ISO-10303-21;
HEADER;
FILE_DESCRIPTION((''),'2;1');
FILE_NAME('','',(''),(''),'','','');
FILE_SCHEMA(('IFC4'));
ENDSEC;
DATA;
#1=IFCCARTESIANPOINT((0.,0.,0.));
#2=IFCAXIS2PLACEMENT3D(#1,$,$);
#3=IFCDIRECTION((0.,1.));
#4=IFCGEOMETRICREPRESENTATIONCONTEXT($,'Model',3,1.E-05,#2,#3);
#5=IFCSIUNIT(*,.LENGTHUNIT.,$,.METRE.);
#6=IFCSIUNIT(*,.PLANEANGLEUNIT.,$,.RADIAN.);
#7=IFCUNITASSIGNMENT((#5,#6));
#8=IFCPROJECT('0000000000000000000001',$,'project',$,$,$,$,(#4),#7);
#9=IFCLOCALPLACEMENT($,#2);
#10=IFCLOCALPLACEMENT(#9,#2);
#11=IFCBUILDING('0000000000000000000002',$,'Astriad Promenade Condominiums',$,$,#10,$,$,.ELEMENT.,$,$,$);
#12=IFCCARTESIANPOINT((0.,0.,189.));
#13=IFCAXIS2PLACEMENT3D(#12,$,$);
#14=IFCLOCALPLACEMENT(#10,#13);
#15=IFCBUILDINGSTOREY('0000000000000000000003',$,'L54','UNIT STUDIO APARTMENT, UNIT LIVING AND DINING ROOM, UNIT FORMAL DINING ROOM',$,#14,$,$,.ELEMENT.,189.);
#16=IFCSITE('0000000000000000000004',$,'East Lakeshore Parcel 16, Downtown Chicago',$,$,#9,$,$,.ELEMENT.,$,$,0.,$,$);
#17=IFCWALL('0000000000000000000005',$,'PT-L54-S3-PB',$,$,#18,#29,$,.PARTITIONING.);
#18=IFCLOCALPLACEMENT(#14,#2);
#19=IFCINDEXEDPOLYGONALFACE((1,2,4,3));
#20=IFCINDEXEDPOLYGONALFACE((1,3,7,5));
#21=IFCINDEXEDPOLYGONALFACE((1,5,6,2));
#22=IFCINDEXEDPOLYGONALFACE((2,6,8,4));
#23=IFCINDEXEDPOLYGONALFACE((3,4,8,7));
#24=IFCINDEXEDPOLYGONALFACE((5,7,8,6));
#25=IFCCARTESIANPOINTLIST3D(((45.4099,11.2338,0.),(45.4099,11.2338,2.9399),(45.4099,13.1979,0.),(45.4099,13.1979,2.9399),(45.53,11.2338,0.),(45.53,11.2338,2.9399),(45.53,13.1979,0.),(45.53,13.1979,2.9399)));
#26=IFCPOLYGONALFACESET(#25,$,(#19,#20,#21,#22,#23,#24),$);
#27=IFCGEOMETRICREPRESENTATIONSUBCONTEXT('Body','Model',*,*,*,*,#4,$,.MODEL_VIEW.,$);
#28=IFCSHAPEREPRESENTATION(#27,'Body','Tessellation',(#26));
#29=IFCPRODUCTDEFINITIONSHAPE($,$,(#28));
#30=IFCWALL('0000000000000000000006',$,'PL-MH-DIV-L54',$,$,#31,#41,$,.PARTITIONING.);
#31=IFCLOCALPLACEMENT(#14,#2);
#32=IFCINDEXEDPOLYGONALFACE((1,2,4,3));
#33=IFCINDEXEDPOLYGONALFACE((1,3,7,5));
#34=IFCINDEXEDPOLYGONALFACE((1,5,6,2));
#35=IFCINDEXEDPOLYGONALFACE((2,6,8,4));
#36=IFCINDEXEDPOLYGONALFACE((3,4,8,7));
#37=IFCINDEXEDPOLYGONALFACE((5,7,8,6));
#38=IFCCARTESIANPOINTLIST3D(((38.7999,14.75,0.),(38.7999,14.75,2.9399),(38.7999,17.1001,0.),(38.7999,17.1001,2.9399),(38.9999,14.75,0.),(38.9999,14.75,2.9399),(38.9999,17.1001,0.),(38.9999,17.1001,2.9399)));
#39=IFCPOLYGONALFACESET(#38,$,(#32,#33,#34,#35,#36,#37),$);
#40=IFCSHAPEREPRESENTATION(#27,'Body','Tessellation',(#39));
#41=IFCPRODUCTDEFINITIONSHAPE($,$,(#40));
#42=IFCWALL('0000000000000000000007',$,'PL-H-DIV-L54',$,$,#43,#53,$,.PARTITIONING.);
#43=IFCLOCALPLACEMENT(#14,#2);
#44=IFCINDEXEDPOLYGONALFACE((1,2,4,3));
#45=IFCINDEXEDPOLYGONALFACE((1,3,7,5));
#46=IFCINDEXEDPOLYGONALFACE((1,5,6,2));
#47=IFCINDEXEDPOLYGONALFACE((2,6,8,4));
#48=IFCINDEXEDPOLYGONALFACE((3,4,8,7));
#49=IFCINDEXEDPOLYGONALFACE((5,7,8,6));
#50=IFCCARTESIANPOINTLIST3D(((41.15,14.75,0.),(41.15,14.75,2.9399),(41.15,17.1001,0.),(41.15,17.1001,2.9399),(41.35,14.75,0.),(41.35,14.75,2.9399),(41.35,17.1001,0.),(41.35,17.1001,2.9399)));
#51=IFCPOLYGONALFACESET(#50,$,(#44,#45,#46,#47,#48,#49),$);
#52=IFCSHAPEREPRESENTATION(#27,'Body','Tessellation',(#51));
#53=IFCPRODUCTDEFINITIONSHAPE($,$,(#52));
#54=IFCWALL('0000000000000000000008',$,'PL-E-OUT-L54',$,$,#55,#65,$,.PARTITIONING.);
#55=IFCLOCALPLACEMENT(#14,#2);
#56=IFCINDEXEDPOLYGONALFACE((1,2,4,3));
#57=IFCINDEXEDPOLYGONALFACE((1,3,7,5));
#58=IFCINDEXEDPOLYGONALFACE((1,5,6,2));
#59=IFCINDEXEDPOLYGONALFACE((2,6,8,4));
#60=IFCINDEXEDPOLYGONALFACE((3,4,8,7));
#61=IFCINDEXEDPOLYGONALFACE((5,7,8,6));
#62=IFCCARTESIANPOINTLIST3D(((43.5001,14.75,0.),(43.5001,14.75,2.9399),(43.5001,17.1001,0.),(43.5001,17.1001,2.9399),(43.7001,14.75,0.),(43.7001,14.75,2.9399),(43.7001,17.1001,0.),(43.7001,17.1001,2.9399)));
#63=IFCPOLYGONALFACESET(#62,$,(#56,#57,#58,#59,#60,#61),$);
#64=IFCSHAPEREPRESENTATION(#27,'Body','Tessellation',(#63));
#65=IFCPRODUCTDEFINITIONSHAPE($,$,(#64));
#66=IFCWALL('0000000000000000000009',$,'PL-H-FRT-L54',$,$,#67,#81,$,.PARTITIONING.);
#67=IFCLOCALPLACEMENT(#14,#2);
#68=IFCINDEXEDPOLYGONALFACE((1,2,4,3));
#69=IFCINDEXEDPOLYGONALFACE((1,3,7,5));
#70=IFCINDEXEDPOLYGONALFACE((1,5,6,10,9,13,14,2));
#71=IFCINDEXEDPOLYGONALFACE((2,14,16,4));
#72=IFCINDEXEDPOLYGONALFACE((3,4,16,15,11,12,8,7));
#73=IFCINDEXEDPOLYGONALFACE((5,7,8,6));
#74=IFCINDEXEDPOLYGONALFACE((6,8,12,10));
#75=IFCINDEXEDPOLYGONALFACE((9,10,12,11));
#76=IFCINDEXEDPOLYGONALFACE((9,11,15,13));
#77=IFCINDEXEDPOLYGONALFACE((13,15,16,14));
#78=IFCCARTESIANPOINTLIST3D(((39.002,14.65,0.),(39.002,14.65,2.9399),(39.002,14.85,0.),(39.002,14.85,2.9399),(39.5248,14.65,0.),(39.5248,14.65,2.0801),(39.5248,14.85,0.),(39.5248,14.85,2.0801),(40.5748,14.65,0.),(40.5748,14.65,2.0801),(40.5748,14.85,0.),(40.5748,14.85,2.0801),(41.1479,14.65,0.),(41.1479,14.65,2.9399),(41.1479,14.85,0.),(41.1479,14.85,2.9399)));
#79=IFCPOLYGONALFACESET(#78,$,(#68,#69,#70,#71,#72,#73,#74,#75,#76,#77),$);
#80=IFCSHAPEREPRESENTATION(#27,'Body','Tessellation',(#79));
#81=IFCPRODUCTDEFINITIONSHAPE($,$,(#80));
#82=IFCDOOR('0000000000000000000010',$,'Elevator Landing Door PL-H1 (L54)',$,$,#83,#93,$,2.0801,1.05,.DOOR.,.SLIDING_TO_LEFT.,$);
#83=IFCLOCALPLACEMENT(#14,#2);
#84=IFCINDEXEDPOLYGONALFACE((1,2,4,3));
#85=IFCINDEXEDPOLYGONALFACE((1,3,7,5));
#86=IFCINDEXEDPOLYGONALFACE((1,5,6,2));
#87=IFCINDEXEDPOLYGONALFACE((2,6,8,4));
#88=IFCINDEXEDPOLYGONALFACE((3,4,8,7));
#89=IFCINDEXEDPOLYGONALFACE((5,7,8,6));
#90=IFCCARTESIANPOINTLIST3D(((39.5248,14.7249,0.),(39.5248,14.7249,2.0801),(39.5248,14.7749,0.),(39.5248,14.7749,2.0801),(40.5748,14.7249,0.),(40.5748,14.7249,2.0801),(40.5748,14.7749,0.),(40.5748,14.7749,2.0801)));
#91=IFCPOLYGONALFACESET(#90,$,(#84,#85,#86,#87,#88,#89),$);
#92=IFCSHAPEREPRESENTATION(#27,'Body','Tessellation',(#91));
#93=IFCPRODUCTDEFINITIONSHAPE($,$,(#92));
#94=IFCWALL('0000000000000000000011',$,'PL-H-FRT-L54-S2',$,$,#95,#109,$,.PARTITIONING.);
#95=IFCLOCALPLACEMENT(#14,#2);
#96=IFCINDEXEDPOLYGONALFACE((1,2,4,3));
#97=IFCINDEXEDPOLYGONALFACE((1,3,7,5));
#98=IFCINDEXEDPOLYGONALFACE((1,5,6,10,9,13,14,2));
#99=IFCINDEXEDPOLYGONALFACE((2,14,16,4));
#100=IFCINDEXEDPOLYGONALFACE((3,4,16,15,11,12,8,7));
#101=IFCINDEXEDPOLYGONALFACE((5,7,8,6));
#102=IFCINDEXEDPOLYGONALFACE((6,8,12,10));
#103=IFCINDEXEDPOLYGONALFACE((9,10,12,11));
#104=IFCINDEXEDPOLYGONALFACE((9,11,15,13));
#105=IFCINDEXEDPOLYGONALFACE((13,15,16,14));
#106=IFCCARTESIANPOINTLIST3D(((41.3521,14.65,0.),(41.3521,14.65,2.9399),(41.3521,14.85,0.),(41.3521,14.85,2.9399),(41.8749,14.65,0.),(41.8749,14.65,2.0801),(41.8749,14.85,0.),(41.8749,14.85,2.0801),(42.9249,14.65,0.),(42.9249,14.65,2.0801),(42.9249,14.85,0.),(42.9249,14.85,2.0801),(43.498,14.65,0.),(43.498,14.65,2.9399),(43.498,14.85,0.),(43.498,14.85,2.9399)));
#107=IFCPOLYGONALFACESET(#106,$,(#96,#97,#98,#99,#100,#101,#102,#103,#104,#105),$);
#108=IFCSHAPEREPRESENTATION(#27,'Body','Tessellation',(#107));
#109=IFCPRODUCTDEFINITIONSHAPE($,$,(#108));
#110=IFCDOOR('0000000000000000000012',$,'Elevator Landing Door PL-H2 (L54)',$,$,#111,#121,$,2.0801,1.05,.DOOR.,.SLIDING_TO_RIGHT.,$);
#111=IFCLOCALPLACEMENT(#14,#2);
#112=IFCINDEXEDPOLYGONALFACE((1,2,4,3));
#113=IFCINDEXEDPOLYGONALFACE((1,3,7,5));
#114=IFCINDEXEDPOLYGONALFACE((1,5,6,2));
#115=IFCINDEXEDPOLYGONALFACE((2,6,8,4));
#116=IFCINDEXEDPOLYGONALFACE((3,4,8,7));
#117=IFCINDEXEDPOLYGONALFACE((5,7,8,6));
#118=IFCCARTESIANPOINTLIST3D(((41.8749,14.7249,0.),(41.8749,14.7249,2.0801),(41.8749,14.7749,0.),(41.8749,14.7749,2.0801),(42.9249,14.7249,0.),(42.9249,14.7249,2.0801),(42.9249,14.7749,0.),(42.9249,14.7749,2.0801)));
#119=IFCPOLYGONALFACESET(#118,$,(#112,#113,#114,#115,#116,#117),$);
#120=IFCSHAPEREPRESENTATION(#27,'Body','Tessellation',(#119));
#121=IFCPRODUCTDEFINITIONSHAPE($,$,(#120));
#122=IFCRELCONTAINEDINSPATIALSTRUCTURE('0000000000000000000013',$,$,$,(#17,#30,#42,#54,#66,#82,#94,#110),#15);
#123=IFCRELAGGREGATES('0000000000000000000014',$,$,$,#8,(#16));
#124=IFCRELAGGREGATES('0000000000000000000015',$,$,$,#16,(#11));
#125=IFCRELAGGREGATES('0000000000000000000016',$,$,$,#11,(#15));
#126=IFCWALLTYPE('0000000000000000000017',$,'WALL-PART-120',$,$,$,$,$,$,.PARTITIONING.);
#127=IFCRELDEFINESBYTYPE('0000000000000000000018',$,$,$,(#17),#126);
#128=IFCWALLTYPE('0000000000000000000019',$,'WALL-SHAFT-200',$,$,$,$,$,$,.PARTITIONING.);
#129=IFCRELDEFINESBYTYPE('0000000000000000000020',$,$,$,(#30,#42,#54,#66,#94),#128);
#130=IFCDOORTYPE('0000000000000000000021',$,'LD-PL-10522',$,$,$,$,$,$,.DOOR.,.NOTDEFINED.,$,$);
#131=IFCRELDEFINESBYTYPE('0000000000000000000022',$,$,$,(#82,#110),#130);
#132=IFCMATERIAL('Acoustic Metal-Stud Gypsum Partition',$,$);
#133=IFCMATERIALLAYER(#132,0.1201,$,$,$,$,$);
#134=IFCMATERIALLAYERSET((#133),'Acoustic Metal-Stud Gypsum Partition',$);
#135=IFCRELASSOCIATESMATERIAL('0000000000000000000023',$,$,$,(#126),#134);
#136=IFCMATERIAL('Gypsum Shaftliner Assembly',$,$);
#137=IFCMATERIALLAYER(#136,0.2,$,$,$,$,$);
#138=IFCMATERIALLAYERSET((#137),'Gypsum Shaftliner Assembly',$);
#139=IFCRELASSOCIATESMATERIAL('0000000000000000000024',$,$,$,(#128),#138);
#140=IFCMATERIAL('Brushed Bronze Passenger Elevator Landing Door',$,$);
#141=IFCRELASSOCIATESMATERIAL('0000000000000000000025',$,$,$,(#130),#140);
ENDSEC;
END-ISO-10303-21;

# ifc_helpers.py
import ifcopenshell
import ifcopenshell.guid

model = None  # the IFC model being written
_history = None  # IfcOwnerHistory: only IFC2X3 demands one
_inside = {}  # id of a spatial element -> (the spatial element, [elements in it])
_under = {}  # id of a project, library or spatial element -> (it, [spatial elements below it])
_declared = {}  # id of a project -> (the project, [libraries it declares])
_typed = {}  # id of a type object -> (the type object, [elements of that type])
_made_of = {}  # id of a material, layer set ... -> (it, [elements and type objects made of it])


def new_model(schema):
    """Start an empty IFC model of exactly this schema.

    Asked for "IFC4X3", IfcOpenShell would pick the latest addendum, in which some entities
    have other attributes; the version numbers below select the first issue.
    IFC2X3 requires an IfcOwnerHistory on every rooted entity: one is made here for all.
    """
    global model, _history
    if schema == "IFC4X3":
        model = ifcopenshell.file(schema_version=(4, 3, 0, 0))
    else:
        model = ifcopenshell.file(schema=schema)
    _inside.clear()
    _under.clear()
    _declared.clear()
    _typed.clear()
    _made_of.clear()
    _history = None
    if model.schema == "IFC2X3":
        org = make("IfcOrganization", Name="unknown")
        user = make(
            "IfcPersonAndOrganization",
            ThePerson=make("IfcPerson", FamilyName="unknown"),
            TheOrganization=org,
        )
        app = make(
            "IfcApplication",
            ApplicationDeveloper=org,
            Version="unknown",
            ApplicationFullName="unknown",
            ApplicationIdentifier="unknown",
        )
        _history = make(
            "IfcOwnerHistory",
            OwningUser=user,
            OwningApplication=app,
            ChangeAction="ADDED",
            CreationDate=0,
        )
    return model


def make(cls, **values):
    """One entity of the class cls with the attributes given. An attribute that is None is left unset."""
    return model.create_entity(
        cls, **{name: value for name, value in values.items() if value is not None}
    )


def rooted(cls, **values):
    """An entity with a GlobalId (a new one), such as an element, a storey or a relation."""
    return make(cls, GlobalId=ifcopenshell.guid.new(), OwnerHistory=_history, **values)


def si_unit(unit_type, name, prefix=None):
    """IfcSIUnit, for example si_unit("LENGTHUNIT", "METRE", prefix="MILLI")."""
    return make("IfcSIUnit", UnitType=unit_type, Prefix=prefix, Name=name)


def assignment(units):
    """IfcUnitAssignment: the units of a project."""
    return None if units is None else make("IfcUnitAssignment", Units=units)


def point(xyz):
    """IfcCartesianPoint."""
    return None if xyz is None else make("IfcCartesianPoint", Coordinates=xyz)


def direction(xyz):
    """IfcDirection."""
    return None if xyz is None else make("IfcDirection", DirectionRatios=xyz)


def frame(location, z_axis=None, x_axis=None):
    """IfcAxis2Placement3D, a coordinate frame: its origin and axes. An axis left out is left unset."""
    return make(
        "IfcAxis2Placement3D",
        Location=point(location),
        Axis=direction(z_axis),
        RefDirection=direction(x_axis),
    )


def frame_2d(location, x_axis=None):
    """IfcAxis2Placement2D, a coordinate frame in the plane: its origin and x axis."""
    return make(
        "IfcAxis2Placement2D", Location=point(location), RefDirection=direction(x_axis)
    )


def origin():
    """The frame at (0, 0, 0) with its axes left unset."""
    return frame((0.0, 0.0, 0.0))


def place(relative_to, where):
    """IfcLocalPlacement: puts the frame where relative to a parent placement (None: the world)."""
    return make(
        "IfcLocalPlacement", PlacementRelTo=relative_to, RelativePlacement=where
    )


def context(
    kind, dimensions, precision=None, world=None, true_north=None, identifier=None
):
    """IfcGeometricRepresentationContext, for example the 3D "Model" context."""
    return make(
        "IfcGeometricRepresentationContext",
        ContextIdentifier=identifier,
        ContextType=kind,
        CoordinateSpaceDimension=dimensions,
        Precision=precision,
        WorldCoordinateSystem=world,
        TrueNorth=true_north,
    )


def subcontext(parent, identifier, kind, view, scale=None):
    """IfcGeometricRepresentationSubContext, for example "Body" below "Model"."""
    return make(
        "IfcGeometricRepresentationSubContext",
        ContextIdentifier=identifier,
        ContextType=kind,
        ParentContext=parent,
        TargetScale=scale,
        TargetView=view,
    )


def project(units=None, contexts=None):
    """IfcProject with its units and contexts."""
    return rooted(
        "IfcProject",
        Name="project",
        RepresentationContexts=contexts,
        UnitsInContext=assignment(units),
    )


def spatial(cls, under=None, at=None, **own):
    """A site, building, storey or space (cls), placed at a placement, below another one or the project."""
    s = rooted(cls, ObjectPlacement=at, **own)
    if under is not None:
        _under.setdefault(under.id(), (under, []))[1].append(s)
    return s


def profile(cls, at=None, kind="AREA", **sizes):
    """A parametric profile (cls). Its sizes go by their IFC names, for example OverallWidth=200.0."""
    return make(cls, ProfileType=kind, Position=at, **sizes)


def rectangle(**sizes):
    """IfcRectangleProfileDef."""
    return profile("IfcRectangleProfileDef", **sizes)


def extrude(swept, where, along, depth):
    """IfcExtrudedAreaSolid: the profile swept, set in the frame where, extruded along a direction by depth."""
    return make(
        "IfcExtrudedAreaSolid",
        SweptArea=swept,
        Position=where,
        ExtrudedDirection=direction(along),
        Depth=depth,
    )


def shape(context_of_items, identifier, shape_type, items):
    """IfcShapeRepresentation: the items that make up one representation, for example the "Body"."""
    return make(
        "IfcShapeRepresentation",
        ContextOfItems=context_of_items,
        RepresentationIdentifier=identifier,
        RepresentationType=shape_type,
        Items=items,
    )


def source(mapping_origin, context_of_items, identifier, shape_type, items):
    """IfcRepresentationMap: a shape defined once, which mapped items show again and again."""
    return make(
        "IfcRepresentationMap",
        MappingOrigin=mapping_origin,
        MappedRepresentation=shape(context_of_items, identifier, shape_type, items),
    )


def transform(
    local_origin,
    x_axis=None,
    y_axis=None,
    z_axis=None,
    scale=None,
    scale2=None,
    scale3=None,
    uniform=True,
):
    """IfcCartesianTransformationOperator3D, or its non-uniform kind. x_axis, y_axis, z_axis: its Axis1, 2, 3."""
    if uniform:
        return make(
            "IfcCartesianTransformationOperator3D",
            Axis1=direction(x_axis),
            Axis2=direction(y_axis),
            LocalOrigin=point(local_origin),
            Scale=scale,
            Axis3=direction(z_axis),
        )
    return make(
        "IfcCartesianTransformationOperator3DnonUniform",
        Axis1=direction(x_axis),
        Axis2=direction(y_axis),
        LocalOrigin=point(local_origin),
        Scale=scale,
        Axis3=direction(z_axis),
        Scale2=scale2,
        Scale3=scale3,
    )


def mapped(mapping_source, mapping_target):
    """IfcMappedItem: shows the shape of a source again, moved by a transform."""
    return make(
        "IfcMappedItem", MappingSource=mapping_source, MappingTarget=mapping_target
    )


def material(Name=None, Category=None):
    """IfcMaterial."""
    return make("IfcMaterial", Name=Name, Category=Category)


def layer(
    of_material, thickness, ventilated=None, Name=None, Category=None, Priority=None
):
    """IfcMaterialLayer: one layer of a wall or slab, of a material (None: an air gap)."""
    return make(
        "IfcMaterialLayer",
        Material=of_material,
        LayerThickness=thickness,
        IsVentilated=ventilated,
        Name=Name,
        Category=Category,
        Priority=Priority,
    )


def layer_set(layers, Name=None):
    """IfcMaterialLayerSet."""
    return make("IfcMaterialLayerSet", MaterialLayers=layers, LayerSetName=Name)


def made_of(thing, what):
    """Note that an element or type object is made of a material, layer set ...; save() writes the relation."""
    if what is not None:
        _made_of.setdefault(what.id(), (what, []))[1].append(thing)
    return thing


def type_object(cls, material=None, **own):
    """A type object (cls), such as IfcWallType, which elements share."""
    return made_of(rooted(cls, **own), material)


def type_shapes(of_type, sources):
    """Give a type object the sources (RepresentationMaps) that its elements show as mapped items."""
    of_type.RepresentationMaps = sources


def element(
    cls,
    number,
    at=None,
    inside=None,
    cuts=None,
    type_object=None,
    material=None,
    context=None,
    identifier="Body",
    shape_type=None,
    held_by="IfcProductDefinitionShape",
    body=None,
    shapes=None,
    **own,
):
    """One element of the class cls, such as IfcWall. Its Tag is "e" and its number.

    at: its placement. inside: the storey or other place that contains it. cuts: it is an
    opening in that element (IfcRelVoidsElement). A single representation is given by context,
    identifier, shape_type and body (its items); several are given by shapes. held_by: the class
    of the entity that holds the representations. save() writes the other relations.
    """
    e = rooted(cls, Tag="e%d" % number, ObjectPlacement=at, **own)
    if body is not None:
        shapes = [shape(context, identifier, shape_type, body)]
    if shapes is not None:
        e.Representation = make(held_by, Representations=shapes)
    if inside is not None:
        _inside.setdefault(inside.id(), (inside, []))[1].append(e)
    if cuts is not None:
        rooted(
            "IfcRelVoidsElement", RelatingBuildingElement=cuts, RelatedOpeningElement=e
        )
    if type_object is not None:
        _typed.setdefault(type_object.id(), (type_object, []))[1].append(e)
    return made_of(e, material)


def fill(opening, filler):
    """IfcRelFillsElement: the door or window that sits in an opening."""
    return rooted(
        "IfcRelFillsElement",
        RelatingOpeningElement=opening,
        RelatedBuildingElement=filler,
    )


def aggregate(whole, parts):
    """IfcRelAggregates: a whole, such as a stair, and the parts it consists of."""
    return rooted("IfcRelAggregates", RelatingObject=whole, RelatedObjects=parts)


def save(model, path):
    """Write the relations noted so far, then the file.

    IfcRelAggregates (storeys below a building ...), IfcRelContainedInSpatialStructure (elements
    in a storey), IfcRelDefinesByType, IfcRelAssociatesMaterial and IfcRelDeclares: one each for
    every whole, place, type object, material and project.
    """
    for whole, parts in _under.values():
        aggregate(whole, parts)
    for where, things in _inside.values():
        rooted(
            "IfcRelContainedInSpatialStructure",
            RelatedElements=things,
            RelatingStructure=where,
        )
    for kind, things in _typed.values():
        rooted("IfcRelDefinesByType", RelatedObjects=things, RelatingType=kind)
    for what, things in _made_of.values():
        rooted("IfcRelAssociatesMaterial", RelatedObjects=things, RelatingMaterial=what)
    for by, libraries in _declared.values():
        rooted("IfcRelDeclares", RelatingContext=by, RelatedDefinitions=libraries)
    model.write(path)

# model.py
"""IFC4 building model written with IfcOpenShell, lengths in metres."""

from ifc_helpers import new_model, si_unit, direction, frame, frame_2d, origin, place, context, subcontext, project, spatial, rectangle, extrude, source, transform, mapped, material, layer, layer_set, type_object, type_shapes, element, fill, save


model = new_model("IFC4")

# Units and contexts
model_context = context("Model", 3, precision=1e-05, world=origin(), true_north=direction((0.0, 1.0)))
body_context = subcontext(model_context, "Body", "Model", "MODEL_VIEW")
ifc_project = project(units=[si_unit("LENGTHUNIT", "METRE"), si_unit("PLANEANGLEUNIT", "RADIAN")], contexts=[model_context])

# Site, building, storey
site_placement = place(None, origin())
site = spatial("IfcSite", under=ifc_project, at=site_placement, Name="East Lakeshore Parcel 16, Downtown Chicago", CompositionType="ELEMENT", RefElevation=0.0)
building_placement = place(site_placement, origin())
building = spatial("IfcBuilding", under=site, at=building_placement, Name="Astriad Promenade Condominiums", CompositionType="ELEMENT")
storey_placement = place(building_placement, frame((0.0, 0.0, 189.0)))
storey = spatial("IfcBuildingStorey", under=building, at=storey_placement, Name="L54", Description="UNIT STUDIO APARTMENT, UNIT LIVING AND DINING ROOM, UNIT FORMAL DINING ROOM", CompositionType="ELEMENT", Elevation=189.0)

# Shared definitions
ifc_material_1 = material(Name="Acoustic Metal-Stud Gypsum Partition")
ifc_layer_1 = layer(ifc_material_1, 0.1201)
ifc_layer_set_1 = layer_set([ifc_layer_1], Name="Acoustic Metal-Stud Gypsum Partition")
wall_type_1 = type_object("IfcWallType", Name="WALL-PART-120", PredefinedType="PARTITIONING", material=ifc_layer_set_1)

# Walls
for number, where, z_axis, x_axis, name in (
    (1, (45.47, 11.2339, 0.0), (0.0, 0.0, 1.0), (0.0, 1.0, 0.0), "PT-L54-S3-PB"),
):
    element("IfcWall", number, at=place(storey_placement, frame(where, z_axis=z_axis, x_axis=x_axis)), inside=storey, type_object=wall_type_1, Name=name, PredefinedType="PARTITIONING", context=body_context, shape_type="SweptSolid", body=[
        extrude(rectangle(XDim=1.9641, YDim=0.1201, at=frame_2d((0.9819, 0.0))), origin(), (0.0, 0.0, 1.0), 2.9399),
    ])
ifc_material_2 = material(Name="Gypsum Shaftliner Assembly")
ifc_layer_2 = layer(ifc_material_2, 0.2)
ifc_layer_set_2 = layer_set([ifc_layer_2], Name="Gypsum Shaftliner Assembly")
wall_type_2 = type_object("IfcWallType", Name="WALL-SHAFT-200", PredefinedType="PARTITIONING", material=ifc_layer_set_2)
for number, where, z_axis, x_axis, name in (
    (2, (38.8999, 14.75, 0.0), (0.0, 0.0, 1.0), (0.0, 1.0, 0.0), "PL-MH-DIV-L54"),
    (3, (41.25, 14.75, 0.0), (0.0, 0.0, 1.0), (0.0, 1.0, 0.0), "PL-H-DIV-L54"),
    (4, (43.6001, 14.75, 0.0), (0.0, 0.0, 1.0), (0.0, 1.0, 0.0), "PL-E-OUT-L54"),
):
    element("IfcWall", number, at=place(storey_placement, frame(where, z_axis=z_axis, x_axis=x_axis)), inside=storey, type_object=wall_type_2, Name=name, PredefinedType="PARTITIONING", context=body_context, shape_type="SweptSolid", body=[
        extrude(rectangle(XDim=2.3501, YDim=0.2, at=frame_2d((1.175, 0.0))), origin(), (0.0, 0.0, 1.0), 2.9399),
    ])

# Walls, openings, doors
wall_1_placement = place(storey_placement, frame((39.002, 14.75, 0.0), z_axis=(0.0, 0.0, 1.0), x_axis=(1.0, 0.0, 0.0)))
wall_1 = element("IfcWall", 5, at=wall_1_placement, inside=storey, type_object=wall_type_2, Name="PL-H-FRT-L54", PredefinedType="PARTITIONING", context=body_context, shape_type="SweptSolid", body=[
    extrude(rectangle(XDim=2.146, YDim=0.2, at=frame_2d((1.073, 0.0))), origin(), (0.0, 0.0, 1.0), 2.9399),
])
opening_1_placement = place(wall_1_placement, frame((0.5229, 0.0, 0.0)))
opening_1 = element("IfcOpeningElement", 6, at=opening_1_placement, cuts=wall_1, PredefinedType="OPENING", context=body_context, shape_type="SweptSolid", body=[
    extrude(rectangle(XDim=1.05, YDim=2.0801, at=frame_2d((0.5249, 1.04))), frame((0.0, 0.1099, 0.0), z_axis=(0.0, -1.0, 0.0), x_axis=(1.0, 0.0, 0.0)), (0.0, 0.0, 1.0), 0.22),
])
ifc_material_3 = material(Name="Brushed Bronze Passenger Elevator Landing Door")
door_type_1 = type_object("IfcDoorType", Name="LD-PL-10522", OperationType="NOTDEFINED", PredefinedType="DOOR", material=ifc_material_3)
shared_shape_1 = source(origin(), body_context, "Body", "SweptSolid", [
    extrude(rectangle(XDim=1.05, YDim=2.0801, at=frame_2d((0.5249, 1.04))), frame((0.0, 0.0249, 0.0), z_axis=(0.0, -1.0, 0.0), x_axis=(1.0, 0.0, 0.0)), (0.0, 0.0, 1.0), 0.05),
])
type_shapes(door_type_1, [shared_shape_1])
door_1_placement = place(opening_1_placement, origin())
door_1 = element("IfcDoor", 7, at=door_1_placement, inside=storey, type_object=door_type_1, Name="Elevator Landing Door PL-H1 (L54)", OperationType="SLIDING_TO_LEFT", OverallHeight=2.0801, OverallWidth=1.05, PredefinedType="DOOR", context=body_context, shape_type="MappedRepresentation", body=[
    mapped(shared_shape_1, transform((0.0, 0.0, 0.0), scale=1.0)),
])
fill(opening_1, door_1)
wall_2_placement = place(storey_placement, frame((41.3521, 14.75, 0.0), z_axis=(0.0, 0.0, 1.0), x_axis=(1.0, 0.0, 0.0)))
wall_2 = element("IfcWall", 8, at=wall_2_placement, inside=storey, type_object=wall_type_2, Name="PL-H-FRT-L54-S2", PredefinedType="PARTITIONING", context=body_context, shape_type="SweptSolid", body=[
    extrude(rectangle(XDim=2.146, YDim=0.2, at=frame_2d((1.073, 0.0))), origin(), (0.0, 0.0, 1.0), 2.9399),
])
opening_2_placement = place(wall_2_placement, frame((0.5229, 0.0, 0.0)))
opening_2 = element("IfcOpeningElement", 9, at=opening_2_placement, cuts=wall_2, PredefinedType="OPENING", context=body_context, shape_type="SweptSolid", body=[
    extrude(rectangle(XDim=1.05, YDim=2.0801, at=frame_2d((0.5249, 1.04))), frame((0.0, 0.1099, 0.0), z_axis=(0.0, -1.0, 0.0), x_axis=(1.0, 0.0, 0.0)), (0.0, 0.0, 1.0), 0.22),
])
door_2_placement = place(opening_2_placement, origin())
door_2 = element("IfcDoor", 10, at=door_2_placement, inside=storey, type_object=door_type_1, Name="Elevator Landing Door PL-H2 (L54)", OperationType="SLIDING_TO_RIGHT", OverallHeight=2.0801, OverallWidth=1.05, PredefinedType="DOOR", context=body_context, shape_type="MappedRepresentation", body=[
    mapped(shared_shape_1, transform((0.0, 0.0, 0.0), scale=1.0)),
])
fill(opening_2, door_2)

save(model, "model.ifc")
